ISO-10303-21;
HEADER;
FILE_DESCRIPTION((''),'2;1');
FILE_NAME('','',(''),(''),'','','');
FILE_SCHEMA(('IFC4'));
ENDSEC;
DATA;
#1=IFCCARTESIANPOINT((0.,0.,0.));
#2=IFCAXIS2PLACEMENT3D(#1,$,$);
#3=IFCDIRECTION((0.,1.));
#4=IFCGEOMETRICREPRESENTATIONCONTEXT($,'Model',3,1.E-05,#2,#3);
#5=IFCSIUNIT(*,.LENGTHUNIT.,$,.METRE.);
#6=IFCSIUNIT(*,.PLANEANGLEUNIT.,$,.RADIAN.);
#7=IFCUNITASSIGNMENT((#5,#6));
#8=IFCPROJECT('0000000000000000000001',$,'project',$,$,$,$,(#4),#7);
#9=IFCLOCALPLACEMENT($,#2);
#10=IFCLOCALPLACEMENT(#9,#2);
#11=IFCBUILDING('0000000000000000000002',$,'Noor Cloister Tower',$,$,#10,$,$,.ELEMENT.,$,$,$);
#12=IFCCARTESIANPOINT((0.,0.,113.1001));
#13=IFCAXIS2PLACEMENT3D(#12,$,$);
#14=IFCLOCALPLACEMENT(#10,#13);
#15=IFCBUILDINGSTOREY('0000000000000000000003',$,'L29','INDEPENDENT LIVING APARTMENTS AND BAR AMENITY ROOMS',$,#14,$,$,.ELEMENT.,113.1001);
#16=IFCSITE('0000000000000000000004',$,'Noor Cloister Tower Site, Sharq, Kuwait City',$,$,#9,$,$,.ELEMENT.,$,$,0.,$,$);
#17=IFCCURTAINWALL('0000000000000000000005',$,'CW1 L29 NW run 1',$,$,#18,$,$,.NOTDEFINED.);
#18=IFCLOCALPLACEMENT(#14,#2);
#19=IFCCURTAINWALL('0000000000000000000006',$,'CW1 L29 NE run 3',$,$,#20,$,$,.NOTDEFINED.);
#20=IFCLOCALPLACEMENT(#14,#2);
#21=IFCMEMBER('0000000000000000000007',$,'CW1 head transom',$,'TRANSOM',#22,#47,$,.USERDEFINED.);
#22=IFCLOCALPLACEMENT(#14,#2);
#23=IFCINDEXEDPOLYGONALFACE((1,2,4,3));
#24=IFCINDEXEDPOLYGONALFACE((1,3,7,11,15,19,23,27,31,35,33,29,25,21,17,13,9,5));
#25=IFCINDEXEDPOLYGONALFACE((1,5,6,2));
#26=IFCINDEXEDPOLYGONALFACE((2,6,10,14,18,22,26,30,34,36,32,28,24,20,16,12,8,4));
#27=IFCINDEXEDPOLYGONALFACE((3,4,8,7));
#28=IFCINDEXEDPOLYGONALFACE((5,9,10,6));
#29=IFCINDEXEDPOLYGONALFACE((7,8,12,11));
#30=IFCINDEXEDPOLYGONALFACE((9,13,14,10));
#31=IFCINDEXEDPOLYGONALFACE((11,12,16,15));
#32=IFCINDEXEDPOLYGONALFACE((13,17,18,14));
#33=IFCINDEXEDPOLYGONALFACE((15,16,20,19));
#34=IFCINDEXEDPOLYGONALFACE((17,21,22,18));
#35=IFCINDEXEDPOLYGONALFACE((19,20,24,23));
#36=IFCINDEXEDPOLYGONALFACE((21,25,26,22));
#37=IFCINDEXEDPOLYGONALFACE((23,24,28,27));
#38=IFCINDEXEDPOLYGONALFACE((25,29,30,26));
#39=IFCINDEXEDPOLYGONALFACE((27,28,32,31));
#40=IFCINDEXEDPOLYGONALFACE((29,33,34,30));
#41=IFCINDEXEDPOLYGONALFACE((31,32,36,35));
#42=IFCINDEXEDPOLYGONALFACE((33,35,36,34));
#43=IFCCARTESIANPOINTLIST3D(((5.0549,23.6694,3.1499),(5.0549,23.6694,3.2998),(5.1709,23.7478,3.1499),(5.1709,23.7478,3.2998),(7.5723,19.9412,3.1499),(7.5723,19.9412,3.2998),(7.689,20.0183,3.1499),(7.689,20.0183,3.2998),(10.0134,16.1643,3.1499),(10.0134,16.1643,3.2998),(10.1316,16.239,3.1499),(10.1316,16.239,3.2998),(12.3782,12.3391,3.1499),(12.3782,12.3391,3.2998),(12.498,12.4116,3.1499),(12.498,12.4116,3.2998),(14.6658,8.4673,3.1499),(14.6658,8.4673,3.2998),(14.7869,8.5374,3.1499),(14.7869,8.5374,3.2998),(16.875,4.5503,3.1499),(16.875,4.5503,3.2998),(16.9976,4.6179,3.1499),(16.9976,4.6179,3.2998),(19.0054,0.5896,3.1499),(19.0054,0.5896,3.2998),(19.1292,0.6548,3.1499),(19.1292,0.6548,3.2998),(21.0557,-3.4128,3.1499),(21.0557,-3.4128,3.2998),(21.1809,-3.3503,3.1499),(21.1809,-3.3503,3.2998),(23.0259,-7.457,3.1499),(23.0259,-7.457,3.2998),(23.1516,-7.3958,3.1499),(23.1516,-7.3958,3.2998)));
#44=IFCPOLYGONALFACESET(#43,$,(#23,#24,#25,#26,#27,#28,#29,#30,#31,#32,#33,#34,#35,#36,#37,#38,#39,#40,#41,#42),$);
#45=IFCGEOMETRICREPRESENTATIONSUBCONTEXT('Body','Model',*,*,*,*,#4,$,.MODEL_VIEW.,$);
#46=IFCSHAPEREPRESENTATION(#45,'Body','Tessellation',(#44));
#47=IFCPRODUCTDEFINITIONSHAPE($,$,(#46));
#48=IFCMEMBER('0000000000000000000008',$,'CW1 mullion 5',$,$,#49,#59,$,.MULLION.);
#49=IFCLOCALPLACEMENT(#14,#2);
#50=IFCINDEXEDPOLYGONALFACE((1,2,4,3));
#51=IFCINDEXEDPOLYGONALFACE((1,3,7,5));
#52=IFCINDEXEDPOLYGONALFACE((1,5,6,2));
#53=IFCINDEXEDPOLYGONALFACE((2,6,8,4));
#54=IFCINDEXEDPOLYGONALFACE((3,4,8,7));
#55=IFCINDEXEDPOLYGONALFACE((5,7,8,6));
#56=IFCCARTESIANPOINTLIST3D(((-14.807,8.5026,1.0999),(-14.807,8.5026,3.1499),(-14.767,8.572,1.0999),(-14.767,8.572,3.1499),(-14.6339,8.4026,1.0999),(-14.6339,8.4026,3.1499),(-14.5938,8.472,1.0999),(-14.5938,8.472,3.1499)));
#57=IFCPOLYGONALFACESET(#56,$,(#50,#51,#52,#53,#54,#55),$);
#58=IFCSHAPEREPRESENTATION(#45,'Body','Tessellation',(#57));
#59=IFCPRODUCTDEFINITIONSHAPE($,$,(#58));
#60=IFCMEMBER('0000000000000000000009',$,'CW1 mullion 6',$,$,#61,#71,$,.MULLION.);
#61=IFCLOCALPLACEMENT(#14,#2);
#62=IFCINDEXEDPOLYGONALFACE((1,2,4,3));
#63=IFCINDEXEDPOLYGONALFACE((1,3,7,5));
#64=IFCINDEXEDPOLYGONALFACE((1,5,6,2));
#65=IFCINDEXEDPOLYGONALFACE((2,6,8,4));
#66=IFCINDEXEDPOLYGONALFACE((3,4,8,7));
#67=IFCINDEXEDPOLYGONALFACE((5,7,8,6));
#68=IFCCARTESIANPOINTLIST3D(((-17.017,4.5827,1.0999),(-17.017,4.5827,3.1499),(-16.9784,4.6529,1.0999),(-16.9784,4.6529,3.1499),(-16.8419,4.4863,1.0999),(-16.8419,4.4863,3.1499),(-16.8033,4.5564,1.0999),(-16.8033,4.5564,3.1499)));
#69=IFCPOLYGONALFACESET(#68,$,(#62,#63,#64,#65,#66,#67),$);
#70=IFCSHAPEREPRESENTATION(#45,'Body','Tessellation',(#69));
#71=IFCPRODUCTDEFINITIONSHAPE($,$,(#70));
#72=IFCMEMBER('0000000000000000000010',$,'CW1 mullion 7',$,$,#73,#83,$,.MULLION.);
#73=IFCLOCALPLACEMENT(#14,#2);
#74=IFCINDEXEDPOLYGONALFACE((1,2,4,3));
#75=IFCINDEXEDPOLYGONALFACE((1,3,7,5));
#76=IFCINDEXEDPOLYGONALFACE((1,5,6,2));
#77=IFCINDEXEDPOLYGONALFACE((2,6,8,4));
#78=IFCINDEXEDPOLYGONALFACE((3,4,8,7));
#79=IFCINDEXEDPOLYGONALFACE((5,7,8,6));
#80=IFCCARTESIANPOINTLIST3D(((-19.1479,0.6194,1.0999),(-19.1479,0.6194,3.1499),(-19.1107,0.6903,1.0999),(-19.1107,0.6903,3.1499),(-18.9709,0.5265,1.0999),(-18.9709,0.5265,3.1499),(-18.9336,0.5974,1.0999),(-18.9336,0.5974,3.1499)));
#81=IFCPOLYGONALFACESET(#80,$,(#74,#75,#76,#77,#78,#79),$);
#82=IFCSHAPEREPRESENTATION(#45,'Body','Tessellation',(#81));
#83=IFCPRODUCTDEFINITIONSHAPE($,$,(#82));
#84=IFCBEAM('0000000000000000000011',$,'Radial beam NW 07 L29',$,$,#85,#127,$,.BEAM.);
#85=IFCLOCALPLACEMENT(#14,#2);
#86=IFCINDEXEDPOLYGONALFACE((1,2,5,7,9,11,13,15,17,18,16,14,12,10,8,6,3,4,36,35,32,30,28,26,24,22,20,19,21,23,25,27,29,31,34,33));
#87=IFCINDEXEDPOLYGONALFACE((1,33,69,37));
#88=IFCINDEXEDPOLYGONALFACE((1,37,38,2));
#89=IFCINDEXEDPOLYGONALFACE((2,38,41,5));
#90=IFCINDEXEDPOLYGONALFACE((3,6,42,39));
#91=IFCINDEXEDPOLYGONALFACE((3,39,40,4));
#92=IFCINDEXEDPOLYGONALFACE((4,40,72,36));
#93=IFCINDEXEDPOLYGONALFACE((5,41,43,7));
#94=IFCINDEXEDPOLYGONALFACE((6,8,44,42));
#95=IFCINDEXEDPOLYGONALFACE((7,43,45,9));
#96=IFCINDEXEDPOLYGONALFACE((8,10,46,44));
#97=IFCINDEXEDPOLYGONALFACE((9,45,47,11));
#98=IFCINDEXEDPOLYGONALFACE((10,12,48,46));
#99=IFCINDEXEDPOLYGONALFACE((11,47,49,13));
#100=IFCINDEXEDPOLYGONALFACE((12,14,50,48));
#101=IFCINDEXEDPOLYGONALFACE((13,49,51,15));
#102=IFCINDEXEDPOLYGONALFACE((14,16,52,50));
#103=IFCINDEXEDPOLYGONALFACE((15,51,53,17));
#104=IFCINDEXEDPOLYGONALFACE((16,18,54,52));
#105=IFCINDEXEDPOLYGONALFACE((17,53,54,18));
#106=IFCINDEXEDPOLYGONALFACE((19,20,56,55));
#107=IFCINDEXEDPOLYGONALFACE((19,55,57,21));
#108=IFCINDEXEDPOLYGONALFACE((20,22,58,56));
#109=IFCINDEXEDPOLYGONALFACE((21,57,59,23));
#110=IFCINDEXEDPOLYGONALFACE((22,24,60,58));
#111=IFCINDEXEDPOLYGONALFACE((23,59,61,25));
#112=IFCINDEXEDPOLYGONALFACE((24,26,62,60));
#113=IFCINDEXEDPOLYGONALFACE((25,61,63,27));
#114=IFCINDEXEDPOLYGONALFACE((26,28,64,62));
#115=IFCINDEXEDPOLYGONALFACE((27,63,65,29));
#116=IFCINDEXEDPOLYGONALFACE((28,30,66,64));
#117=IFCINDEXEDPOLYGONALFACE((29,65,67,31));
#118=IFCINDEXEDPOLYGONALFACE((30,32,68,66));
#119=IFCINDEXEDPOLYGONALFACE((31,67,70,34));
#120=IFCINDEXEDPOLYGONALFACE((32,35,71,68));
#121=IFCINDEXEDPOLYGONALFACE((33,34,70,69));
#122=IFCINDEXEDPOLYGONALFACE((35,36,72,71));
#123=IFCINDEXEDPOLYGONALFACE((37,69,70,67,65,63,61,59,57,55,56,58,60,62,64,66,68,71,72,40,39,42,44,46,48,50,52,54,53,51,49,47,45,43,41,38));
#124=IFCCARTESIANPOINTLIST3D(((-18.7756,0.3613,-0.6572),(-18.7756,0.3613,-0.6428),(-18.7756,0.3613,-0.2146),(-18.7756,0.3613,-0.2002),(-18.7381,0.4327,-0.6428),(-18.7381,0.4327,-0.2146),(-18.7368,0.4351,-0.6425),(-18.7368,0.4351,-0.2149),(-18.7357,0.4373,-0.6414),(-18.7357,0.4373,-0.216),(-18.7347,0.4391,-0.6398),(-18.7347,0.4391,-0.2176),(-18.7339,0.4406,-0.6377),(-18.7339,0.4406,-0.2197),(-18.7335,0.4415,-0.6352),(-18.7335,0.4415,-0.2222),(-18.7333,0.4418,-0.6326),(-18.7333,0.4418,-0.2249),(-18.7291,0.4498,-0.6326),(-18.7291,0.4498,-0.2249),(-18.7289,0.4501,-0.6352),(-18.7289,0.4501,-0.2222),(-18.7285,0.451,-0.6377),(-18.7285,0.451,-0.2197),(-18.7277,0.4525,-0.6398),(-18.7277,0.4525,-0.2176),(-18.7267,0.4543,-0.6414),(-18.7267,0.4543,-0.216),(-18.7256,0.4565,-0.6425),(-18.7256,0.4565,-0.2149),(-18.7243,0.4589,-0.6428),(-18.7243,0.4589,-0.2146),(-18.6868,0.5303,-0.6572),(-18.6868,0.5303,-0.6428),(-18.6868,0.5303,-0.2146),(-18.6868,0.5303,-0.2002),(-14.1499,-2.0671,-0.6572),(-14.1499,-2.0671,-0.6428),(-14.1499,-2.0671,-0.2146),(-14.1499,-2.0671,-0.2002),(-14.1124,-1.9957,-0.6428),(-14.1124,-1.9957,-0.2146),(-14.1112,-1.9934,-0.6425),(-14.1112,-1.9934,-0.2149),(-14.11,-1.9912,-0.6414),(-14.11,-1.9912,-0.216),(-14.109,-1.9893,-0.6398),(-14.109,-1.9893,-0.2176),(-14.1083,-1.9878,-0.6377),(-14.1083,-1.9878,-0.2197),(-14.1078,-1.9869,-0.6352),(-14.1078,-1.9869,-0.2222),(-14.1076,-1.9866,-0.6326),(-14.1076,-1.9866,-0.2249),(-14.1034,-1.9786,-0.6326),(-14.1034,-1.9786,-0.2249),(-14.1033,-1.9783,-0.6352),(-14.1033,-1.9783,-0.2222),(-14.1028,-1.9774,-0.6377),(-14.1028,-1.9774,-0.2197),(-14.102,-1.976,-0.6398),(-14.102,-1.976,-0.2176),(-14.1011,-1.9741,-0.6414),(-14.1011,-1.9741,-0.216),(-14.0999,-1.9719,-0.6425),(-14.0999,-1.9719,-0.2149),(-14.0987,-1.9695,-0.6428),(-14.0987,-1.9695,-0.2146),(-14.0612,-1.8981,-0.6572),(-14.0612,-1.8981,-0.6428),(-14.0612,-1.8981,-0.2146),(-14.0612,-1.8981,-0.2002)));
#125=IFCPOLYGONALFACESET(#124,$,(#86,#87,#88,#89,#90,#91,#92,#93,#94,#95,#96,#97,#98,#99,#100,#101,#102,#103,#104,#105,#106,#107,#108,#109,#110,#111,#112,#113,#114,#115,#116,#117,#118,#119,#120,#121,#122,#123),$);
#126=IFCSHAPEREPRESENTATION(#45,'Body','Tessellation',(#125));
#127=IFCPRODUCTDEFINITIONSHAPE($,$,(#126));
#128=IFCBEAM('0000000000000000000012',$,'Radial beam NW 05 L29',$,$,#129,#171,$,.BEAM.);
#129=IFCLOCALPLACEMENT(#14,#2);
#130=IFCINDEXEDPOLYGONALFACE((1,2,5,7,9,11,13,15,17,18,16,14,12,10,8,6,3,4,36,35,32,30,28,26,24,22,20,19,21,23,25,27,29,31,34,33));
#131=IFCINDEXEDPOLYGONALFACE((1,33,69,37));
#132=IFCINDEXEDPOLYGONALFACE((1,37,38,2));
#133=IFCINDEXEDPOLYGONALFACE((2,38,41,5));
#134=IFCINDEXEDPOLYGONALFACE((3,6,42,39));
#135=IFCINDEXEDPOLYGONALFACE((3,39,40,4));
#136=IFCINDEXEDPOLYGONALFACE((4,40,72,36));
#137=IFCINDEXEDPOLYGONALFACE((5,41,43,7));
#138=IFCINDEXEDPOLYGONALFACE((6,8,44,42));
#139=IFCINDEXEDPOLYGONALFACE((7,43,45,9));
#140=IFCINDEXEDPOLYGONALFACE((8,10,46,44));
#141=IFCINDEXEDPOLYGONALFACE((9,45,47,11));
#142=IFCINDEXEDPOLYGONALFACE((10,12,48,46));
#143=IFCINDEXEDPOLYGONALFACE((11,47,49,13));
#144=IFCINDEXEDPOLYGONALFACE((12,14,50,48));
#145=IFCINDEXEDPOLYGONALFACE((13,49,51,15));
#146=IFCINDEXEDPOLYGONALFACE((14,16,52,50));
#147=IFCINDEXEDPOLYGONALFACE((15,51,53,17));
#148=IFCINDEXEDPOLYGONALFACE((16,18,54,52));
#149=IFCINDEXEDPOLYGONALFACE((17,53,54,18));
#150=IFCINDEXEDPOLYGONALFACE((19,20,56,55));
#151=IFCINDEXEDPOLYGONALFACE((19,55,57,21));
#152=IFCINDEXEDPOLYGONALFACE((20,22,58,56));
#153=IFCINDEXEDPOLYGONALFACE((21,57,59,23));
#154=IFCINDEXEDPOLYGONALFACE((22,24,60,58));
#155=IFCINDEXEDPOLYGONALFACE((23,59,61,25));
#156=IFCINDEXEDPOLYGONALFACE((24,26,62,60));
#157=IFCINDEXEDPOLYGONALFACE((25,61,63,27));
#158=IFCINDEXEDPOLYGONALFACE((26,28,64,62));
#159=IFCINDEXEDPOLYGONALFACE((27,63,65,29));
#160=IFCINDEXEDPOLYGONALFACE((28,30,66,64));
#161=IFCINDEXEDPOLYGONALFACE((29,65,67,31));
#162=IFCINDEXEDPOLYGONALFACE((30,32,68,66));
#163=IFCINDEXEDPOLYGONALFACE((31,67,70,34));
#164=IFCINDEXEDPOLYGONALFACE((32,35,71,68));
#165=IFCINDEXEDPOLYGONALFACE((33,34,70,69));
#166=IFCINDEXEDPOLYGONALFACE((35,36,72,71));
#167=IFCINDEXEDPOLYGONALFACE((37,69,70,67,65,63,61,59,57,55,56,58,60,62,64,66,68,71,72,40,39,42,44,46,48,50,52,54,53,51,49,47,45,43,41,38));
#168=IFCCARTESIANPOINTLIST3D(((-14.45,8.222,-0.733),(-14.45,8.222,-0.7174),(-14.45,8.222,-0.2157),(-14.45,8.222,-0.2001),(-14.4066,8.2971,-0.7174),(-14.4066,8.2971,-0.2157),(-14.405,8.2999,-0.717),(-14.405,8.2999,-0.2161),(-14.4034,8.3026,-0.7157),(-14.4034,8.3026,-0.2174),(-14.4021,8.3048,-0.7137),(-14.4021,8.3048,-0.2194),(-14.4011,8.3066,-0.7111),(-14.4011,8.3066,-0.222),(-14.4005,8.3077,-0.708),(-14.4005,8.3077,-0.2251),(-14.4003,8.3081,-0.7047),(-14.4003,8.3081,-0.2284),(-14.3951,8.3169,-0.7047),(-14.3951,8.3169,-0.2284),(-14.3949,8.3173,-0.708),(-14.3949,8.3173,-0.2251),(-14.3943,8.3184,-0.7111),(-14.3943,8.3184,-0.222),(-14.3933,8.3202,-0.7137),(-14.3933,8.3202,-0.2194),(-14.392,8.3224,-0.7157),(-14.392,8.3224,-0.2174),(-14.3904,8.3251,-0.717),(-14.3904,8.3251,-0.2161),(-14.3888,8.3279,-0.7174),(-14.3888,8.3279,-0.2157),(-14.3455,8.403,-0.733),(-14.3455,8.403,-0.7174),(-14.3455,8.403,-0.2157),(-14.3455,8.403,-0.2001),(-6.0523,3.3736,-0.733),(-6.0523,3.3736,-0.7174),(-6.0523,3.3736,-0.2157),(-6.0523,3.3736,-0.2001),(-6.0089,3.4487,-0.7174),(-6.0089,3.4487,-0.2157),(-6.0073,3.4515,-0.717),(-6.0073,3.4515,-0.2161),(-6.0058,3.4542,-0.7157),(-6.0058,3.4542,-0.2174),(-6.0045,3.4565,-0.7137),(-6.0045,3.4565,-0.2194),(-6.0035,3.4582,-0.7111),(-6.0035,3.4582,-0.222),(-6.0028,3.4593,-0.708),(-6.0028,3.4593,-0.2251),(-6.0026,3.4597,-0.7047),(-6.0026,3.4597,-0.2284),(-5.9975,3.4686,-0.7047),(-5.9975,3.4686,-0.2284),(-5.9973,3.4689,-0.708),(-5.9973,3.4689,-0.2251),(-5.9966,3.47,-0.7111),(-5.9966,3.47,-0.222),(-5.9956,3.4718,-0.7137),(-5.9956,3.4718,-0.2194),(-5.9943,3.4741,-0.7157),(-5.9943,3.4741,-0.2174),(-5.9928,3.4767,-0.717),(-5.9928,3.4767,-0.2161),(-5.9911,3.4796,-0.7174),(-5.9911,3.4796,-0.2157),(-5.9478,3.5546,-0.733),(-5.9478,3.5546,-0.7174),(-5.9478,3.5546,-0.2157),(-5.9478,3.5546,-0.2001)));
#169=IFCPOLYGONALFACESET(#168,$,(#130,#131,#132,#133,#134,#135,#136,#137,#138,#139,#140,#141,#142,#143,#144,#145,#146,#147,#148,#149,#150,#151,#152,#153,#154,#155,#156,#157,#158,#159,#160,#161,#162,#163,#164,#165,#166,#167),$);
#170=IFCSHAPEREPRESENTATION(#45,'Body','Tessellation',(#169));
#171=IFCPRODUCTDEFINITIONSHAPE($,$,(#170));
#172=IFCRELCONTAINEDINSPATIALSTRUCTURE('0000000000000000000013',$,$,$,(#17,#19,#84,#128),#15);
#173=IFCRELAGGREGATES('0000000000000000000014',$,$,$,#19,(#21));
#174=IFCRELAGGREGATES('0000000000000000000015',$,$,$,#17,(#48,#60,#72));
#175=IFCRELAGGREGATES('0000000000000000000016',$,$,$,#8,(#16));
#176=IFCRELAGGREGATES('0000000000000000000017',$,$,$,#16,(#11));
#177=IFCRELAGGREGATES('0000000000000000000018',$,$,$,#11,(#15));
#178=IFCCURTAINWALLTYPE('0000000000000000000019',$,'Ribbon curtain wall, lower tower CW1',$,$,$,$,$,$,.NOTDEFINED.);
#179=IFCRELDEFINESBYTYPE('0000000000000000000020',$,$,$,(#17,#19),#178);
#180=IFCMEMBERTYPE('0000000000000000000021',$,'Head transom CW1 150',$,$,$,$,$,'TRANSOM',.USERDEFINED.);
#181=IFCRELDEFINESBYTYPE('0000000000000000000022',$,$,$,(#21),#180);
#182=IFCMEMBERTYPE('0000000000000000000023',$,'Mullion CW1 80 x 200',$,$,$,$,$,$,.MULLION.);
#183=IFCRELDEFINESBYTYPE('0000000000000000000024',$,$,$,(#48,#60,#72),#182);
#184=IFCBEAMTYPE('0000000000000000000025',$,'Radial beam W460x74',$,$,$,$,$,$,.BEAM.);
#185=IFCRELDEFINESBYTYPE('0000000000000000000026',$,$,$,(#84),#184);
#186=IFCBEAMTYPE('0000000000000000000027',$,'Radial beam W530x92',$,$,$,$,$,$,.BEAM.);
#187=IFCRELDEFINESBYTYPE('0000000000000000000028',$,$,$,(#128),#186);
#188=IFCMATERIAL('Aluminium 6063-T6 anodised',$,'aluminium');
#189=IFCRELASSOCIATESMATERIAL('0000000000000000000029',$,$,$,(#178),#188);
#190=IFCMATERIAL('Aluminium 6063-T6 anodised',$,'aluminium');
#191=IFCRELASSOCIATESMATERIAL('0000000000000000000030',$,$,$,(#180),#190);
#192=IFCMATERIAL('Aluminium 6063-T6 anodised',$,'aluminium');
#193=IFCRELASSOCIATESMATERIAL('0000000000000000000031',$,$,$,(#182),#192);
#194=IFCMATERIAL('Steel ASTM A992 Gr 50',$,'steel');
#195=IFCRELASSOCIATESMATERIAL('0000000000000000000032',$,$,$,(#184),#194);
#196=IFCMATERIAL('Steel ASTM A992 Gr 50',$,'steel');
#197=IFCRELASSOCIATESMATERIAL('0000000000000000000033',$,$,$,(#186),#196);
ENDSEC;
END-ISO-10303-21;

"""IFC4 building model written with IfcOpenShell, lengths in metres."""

from ifc_helpers import new_model, si_unit, direction, frame, origin, origin_2d, place, context, subcontext, project, spatial, polyline, rectangle, i_section, outline, extrude, material, material_profile, profile_set, type_object, element, aggregate, save


model = new_model("IFC4")

# Units and contexts
model_context = context("Model", 3, precision=1e-05, world=origin(), true_north=direction((0.0, 1.0)))
body_context = subcontext(model_context, "Body", "Model", "MODEL_VIEW")
ifc_project = project(units=[si_unit("LENGTHUNIT", "METRE"), si_unit("PLANEANGLEUNIT", "RADIAN")], contexts=[model_context])

# Site, building, storey
site_placement = place(None, origin())
site = spatial("IfcSite", under=ifc_project, at=site_placement, Name="Noor Cloister Tower Site, Sharq, Kuwait City", CompositionType="ELEMENT", RefElevation=0.0)
building_placement = place(site_placement, origin())
building = spatial("IfcBuilding", under=site, at=building_placement, Name="Noor Cloister Tower", CompositionType="ELEMENT")
storey_placement = place(building_placement, frame((0.0, 0.0, 113.1001)))
storey = spatial("IfcBuildingStorey", under=building, at=storey_placement, Name="L29", Description="INDEPENDENT LIVING APARTMENTS AND BAR AMENITY ROOMS", CompositionType="ELEMENT", Elevation=113.1001)

# Curtain walls, member
ifc_material_1 = material(Name="Aluminium 6063-T6 anodised", Category="aluminium")
curtain_wall_type = type_object("IfcCurtainWallType", Name="Ribbon curtain wall, lower tower CW1", PredefinedType="NOTDEFINED", material=ifc_material_1)
curtain_wall_1_placement = place(storey_placement, origin())
curtain_wall_1 = element("IfcCurtainWall", 1, at=curtain_wall_1_placement, inside=storey, type_object=curtain_wall_type, Name="CW1 L29 NW run 1", PredefinedType="NOTDEFINED")
ifc_material_2 = material(Name="Aluminium 6063-T6 anodised", Category="aluminium")
member_type_1 = type_object("IfcMemberType", Name="Head transom CW1 150", ElementType="TRANSOM", PredefinedType="USERDEFINED", material=ifc_material_2)
curtain_wall_2_placement = place(storey_placement, origin())
curtain_wall_2 = element("IfcCurtainWall", 2, at=curtain_wall_2_placement, inside=storey, type_object=curtain_wall_type, Name="CW1 L29 NE run 3", PredefinedType="NOTDEFINED")
member_1_placement = place(storey_placement, frame((0.0, 0.0, 3.1499)))
member_1 = element("IfcMember", 3, at=member_1_placement, type_object=member_type_1, Name="CW1 head transom", ObjectType="TRANSOM", PredefinedType="USERDEFINED", context=body_context, shape_type="SweptSolid", body=[
    extrude(outline(polyline([(23.1516, -7.3958), (21.1809, -3.3503), (19.1292, 0.6548), (16.9976, 4.6179), (14.7869, 8.5374), (12.498, 12.4116), (10.1316, 16.239), (7.689, 20.0183), (5.1709, 23.7478), (5.0549, 23.6694), (7.5723, 19.9412), (10.0134, 16.1643), (12.3782, 12.3391), (14.6658, 8.4673), (16.875, 4.5503), (19.0054, 0.5896), (21.0557, -3.4128), (23.0259, -7.457), (23.1516, -7.3958)])), origin(), (0.0, 0.0, 1.0), 0.1499),
])

# Members
ifc_material_3 = material(Name="Aluminium 6063-T6 anodised", Category="aluminium")
ifc_material_profile_1 = material_profile(ifc_material_3, rectangle(XDim=0.2, YDim=0.0801, at=origin_2d()), Name="200 x 80 mullion")
ifc_profile_set_1 = profile_set([ifc_material_profile_1], Name="Aluminium 6063-T6 anodised")
member_type_2 = type_object("IfcMemberType", Name="Mullion CW1 80 x 200", PredefinedType="MULLION", material=ifc_profile_set_1)
member_2_placement = place(storey_placement, frame((-14.7004, 8.4873, 1.0999), z_axis=(0.0, 0.0, 1.0), x_axis=(0.866025, -0.5, 0.0)))
member_2 = element("IfcMember", 4, at=member_2_placement, type_object=member_type_2, Name="CW1 mullion 5", PredefinedType="MULLION", context=body_context, shape_type="SweptSolid", body=[
    extrude(rectangle(XDim=0.2, YDim=0.0801, at=origin_2d()), origin(), (0.0, 0.0, 1.0), 2.05),
])
member_3_placement = place(storey_placement, frame((-16.9102, 4.5696, 1.0999), z_axis=(0.0, 0.0, 1.0), x_axis=(0.87589, -0.482512, 0.0)))
member_3 = element("IfcMember", 5, at=member_3_placement, type_object=member_type_2, Name="CW1 mullion 6", PredefinedType="MULLION", context=body_context, shape_type="SweptSolid", body=[
    extrude(rectangle(XDim=0.2, YDim=0.0801, at=origin_2d()), origin(), (0.0, 0.0, 1.0), 2.05),
])
member_4_placement = place(storey_placement, frame((-19.0408, 0.6084, 1.0999), z_axis=(0.0, 0.0, 1.0), x_axis=(0.885401, -0.464829, 0.0)))
member_4 = element("IfcMember", 6, at=member_4_placement, type_object=member_type_2, Name="CW1 mullion 7", PredefinedType="MULLION", context=body_context, shape_type="SweptSolid", body=[
    extrude(rectangle(XDim=0.2, YDim=0.0801, at=origin_2d()), origin(), (0.0, 0.0, 1.0), 2.05),
])

# Beams
ifc_material_4 = material(Name="Steel ASTM A992 Gr 50", Category="steel")
ifc_material_profile_2 = material_profile(ifc_material_4, i_section(OverallWidth=0.1909, OverallDepth=0.457, WebThickness=0.009, FlangeThickness=0.0144, FilletRadius=0.0103, at=origin_2d()), Name="W460x74")
ifc_profile_set_2 = profile_set([ifc_material_profile_2], Name="Steel ASTM A992 Gr 50")
beam_type_1 = type_object("IfcBeamType", Name="Radial beam W460x74", PredefinedType="BEAM", material=ifc_profile_set_2)
beam_1_placement = place(storey_placement, frame((-18.7312, 0.4458, -0.4287), z_axis=(0.885401, -0.464827, 0.0), x_axis=(0.464827, 0.885401, 0.0)))
element("IfcBeam", 7, at=beam_1_placement, inside=storey, type_object=beam_type_1, Name="Radial beam NW 07 L29", PredefinedType="BEAM", context=body_context, shape_type="SweptSolid", body=[
    extrude(i_section(OverallWidth=0.1909, OverallDepth=0.457, WebThickness=0.009, FlangeThickness=0.0144, FilletRadius=0.0103, at=origin_2d()), origin(), (0.0, 0.0, 1.0), 5.2244),
])
ifc_material_5 = material(Name="Steel ASTM A992 Gr 50", Category="steel")
ifc_material_profile_3 = material_profile(ifc_material_5, i_section(OverallWidth=0.209, OverallDepth=0.533, WebThickness=0.0103, FlangeThickness=0.0156, FilletRadius=0.0127, at=origin_2d()), Name="W530x92")
ifc_profile_set_3 = profile_set([ifc_material_profile_3], Name="Steel ASTM A992 Gr 50")
beam_type_2 = type_object("IfcBeamType", Name="Radial beam W530x92", PredefinedType="BEAM", material=ifc_profile_set_3)
beam_2_placement = place(storey_placement, frame((-14.3977, 8.3125, -0.4666), z_axis=(0.866027, -0.499998, 0.0), x_axis=(0.499998, 0.866027, 0.0)))
element("IfcBeam", 8, at=beam_2_placement, inside=storey, type_object=beam_type_2, Name="Radial beam NW 05 L29", PredefinedType="BEAM", context=body_context, shape_type="SweptSolid", body=[
    extrude(i_section(OverallWidth=0.209, OverallDepth=0.533, WebThickness=0.0103, FlangeThickness=0.0156, FilletRadius=0.0127, at=origin_2d()), origin(), (0.0, 0.0, 1.0), 9.6968),
])

aggregate(curtain_wall_2, [member_1])

aggregate(curtain_wall_1, [member_2, member_3, member_4])

save(model, "model.ifc")
